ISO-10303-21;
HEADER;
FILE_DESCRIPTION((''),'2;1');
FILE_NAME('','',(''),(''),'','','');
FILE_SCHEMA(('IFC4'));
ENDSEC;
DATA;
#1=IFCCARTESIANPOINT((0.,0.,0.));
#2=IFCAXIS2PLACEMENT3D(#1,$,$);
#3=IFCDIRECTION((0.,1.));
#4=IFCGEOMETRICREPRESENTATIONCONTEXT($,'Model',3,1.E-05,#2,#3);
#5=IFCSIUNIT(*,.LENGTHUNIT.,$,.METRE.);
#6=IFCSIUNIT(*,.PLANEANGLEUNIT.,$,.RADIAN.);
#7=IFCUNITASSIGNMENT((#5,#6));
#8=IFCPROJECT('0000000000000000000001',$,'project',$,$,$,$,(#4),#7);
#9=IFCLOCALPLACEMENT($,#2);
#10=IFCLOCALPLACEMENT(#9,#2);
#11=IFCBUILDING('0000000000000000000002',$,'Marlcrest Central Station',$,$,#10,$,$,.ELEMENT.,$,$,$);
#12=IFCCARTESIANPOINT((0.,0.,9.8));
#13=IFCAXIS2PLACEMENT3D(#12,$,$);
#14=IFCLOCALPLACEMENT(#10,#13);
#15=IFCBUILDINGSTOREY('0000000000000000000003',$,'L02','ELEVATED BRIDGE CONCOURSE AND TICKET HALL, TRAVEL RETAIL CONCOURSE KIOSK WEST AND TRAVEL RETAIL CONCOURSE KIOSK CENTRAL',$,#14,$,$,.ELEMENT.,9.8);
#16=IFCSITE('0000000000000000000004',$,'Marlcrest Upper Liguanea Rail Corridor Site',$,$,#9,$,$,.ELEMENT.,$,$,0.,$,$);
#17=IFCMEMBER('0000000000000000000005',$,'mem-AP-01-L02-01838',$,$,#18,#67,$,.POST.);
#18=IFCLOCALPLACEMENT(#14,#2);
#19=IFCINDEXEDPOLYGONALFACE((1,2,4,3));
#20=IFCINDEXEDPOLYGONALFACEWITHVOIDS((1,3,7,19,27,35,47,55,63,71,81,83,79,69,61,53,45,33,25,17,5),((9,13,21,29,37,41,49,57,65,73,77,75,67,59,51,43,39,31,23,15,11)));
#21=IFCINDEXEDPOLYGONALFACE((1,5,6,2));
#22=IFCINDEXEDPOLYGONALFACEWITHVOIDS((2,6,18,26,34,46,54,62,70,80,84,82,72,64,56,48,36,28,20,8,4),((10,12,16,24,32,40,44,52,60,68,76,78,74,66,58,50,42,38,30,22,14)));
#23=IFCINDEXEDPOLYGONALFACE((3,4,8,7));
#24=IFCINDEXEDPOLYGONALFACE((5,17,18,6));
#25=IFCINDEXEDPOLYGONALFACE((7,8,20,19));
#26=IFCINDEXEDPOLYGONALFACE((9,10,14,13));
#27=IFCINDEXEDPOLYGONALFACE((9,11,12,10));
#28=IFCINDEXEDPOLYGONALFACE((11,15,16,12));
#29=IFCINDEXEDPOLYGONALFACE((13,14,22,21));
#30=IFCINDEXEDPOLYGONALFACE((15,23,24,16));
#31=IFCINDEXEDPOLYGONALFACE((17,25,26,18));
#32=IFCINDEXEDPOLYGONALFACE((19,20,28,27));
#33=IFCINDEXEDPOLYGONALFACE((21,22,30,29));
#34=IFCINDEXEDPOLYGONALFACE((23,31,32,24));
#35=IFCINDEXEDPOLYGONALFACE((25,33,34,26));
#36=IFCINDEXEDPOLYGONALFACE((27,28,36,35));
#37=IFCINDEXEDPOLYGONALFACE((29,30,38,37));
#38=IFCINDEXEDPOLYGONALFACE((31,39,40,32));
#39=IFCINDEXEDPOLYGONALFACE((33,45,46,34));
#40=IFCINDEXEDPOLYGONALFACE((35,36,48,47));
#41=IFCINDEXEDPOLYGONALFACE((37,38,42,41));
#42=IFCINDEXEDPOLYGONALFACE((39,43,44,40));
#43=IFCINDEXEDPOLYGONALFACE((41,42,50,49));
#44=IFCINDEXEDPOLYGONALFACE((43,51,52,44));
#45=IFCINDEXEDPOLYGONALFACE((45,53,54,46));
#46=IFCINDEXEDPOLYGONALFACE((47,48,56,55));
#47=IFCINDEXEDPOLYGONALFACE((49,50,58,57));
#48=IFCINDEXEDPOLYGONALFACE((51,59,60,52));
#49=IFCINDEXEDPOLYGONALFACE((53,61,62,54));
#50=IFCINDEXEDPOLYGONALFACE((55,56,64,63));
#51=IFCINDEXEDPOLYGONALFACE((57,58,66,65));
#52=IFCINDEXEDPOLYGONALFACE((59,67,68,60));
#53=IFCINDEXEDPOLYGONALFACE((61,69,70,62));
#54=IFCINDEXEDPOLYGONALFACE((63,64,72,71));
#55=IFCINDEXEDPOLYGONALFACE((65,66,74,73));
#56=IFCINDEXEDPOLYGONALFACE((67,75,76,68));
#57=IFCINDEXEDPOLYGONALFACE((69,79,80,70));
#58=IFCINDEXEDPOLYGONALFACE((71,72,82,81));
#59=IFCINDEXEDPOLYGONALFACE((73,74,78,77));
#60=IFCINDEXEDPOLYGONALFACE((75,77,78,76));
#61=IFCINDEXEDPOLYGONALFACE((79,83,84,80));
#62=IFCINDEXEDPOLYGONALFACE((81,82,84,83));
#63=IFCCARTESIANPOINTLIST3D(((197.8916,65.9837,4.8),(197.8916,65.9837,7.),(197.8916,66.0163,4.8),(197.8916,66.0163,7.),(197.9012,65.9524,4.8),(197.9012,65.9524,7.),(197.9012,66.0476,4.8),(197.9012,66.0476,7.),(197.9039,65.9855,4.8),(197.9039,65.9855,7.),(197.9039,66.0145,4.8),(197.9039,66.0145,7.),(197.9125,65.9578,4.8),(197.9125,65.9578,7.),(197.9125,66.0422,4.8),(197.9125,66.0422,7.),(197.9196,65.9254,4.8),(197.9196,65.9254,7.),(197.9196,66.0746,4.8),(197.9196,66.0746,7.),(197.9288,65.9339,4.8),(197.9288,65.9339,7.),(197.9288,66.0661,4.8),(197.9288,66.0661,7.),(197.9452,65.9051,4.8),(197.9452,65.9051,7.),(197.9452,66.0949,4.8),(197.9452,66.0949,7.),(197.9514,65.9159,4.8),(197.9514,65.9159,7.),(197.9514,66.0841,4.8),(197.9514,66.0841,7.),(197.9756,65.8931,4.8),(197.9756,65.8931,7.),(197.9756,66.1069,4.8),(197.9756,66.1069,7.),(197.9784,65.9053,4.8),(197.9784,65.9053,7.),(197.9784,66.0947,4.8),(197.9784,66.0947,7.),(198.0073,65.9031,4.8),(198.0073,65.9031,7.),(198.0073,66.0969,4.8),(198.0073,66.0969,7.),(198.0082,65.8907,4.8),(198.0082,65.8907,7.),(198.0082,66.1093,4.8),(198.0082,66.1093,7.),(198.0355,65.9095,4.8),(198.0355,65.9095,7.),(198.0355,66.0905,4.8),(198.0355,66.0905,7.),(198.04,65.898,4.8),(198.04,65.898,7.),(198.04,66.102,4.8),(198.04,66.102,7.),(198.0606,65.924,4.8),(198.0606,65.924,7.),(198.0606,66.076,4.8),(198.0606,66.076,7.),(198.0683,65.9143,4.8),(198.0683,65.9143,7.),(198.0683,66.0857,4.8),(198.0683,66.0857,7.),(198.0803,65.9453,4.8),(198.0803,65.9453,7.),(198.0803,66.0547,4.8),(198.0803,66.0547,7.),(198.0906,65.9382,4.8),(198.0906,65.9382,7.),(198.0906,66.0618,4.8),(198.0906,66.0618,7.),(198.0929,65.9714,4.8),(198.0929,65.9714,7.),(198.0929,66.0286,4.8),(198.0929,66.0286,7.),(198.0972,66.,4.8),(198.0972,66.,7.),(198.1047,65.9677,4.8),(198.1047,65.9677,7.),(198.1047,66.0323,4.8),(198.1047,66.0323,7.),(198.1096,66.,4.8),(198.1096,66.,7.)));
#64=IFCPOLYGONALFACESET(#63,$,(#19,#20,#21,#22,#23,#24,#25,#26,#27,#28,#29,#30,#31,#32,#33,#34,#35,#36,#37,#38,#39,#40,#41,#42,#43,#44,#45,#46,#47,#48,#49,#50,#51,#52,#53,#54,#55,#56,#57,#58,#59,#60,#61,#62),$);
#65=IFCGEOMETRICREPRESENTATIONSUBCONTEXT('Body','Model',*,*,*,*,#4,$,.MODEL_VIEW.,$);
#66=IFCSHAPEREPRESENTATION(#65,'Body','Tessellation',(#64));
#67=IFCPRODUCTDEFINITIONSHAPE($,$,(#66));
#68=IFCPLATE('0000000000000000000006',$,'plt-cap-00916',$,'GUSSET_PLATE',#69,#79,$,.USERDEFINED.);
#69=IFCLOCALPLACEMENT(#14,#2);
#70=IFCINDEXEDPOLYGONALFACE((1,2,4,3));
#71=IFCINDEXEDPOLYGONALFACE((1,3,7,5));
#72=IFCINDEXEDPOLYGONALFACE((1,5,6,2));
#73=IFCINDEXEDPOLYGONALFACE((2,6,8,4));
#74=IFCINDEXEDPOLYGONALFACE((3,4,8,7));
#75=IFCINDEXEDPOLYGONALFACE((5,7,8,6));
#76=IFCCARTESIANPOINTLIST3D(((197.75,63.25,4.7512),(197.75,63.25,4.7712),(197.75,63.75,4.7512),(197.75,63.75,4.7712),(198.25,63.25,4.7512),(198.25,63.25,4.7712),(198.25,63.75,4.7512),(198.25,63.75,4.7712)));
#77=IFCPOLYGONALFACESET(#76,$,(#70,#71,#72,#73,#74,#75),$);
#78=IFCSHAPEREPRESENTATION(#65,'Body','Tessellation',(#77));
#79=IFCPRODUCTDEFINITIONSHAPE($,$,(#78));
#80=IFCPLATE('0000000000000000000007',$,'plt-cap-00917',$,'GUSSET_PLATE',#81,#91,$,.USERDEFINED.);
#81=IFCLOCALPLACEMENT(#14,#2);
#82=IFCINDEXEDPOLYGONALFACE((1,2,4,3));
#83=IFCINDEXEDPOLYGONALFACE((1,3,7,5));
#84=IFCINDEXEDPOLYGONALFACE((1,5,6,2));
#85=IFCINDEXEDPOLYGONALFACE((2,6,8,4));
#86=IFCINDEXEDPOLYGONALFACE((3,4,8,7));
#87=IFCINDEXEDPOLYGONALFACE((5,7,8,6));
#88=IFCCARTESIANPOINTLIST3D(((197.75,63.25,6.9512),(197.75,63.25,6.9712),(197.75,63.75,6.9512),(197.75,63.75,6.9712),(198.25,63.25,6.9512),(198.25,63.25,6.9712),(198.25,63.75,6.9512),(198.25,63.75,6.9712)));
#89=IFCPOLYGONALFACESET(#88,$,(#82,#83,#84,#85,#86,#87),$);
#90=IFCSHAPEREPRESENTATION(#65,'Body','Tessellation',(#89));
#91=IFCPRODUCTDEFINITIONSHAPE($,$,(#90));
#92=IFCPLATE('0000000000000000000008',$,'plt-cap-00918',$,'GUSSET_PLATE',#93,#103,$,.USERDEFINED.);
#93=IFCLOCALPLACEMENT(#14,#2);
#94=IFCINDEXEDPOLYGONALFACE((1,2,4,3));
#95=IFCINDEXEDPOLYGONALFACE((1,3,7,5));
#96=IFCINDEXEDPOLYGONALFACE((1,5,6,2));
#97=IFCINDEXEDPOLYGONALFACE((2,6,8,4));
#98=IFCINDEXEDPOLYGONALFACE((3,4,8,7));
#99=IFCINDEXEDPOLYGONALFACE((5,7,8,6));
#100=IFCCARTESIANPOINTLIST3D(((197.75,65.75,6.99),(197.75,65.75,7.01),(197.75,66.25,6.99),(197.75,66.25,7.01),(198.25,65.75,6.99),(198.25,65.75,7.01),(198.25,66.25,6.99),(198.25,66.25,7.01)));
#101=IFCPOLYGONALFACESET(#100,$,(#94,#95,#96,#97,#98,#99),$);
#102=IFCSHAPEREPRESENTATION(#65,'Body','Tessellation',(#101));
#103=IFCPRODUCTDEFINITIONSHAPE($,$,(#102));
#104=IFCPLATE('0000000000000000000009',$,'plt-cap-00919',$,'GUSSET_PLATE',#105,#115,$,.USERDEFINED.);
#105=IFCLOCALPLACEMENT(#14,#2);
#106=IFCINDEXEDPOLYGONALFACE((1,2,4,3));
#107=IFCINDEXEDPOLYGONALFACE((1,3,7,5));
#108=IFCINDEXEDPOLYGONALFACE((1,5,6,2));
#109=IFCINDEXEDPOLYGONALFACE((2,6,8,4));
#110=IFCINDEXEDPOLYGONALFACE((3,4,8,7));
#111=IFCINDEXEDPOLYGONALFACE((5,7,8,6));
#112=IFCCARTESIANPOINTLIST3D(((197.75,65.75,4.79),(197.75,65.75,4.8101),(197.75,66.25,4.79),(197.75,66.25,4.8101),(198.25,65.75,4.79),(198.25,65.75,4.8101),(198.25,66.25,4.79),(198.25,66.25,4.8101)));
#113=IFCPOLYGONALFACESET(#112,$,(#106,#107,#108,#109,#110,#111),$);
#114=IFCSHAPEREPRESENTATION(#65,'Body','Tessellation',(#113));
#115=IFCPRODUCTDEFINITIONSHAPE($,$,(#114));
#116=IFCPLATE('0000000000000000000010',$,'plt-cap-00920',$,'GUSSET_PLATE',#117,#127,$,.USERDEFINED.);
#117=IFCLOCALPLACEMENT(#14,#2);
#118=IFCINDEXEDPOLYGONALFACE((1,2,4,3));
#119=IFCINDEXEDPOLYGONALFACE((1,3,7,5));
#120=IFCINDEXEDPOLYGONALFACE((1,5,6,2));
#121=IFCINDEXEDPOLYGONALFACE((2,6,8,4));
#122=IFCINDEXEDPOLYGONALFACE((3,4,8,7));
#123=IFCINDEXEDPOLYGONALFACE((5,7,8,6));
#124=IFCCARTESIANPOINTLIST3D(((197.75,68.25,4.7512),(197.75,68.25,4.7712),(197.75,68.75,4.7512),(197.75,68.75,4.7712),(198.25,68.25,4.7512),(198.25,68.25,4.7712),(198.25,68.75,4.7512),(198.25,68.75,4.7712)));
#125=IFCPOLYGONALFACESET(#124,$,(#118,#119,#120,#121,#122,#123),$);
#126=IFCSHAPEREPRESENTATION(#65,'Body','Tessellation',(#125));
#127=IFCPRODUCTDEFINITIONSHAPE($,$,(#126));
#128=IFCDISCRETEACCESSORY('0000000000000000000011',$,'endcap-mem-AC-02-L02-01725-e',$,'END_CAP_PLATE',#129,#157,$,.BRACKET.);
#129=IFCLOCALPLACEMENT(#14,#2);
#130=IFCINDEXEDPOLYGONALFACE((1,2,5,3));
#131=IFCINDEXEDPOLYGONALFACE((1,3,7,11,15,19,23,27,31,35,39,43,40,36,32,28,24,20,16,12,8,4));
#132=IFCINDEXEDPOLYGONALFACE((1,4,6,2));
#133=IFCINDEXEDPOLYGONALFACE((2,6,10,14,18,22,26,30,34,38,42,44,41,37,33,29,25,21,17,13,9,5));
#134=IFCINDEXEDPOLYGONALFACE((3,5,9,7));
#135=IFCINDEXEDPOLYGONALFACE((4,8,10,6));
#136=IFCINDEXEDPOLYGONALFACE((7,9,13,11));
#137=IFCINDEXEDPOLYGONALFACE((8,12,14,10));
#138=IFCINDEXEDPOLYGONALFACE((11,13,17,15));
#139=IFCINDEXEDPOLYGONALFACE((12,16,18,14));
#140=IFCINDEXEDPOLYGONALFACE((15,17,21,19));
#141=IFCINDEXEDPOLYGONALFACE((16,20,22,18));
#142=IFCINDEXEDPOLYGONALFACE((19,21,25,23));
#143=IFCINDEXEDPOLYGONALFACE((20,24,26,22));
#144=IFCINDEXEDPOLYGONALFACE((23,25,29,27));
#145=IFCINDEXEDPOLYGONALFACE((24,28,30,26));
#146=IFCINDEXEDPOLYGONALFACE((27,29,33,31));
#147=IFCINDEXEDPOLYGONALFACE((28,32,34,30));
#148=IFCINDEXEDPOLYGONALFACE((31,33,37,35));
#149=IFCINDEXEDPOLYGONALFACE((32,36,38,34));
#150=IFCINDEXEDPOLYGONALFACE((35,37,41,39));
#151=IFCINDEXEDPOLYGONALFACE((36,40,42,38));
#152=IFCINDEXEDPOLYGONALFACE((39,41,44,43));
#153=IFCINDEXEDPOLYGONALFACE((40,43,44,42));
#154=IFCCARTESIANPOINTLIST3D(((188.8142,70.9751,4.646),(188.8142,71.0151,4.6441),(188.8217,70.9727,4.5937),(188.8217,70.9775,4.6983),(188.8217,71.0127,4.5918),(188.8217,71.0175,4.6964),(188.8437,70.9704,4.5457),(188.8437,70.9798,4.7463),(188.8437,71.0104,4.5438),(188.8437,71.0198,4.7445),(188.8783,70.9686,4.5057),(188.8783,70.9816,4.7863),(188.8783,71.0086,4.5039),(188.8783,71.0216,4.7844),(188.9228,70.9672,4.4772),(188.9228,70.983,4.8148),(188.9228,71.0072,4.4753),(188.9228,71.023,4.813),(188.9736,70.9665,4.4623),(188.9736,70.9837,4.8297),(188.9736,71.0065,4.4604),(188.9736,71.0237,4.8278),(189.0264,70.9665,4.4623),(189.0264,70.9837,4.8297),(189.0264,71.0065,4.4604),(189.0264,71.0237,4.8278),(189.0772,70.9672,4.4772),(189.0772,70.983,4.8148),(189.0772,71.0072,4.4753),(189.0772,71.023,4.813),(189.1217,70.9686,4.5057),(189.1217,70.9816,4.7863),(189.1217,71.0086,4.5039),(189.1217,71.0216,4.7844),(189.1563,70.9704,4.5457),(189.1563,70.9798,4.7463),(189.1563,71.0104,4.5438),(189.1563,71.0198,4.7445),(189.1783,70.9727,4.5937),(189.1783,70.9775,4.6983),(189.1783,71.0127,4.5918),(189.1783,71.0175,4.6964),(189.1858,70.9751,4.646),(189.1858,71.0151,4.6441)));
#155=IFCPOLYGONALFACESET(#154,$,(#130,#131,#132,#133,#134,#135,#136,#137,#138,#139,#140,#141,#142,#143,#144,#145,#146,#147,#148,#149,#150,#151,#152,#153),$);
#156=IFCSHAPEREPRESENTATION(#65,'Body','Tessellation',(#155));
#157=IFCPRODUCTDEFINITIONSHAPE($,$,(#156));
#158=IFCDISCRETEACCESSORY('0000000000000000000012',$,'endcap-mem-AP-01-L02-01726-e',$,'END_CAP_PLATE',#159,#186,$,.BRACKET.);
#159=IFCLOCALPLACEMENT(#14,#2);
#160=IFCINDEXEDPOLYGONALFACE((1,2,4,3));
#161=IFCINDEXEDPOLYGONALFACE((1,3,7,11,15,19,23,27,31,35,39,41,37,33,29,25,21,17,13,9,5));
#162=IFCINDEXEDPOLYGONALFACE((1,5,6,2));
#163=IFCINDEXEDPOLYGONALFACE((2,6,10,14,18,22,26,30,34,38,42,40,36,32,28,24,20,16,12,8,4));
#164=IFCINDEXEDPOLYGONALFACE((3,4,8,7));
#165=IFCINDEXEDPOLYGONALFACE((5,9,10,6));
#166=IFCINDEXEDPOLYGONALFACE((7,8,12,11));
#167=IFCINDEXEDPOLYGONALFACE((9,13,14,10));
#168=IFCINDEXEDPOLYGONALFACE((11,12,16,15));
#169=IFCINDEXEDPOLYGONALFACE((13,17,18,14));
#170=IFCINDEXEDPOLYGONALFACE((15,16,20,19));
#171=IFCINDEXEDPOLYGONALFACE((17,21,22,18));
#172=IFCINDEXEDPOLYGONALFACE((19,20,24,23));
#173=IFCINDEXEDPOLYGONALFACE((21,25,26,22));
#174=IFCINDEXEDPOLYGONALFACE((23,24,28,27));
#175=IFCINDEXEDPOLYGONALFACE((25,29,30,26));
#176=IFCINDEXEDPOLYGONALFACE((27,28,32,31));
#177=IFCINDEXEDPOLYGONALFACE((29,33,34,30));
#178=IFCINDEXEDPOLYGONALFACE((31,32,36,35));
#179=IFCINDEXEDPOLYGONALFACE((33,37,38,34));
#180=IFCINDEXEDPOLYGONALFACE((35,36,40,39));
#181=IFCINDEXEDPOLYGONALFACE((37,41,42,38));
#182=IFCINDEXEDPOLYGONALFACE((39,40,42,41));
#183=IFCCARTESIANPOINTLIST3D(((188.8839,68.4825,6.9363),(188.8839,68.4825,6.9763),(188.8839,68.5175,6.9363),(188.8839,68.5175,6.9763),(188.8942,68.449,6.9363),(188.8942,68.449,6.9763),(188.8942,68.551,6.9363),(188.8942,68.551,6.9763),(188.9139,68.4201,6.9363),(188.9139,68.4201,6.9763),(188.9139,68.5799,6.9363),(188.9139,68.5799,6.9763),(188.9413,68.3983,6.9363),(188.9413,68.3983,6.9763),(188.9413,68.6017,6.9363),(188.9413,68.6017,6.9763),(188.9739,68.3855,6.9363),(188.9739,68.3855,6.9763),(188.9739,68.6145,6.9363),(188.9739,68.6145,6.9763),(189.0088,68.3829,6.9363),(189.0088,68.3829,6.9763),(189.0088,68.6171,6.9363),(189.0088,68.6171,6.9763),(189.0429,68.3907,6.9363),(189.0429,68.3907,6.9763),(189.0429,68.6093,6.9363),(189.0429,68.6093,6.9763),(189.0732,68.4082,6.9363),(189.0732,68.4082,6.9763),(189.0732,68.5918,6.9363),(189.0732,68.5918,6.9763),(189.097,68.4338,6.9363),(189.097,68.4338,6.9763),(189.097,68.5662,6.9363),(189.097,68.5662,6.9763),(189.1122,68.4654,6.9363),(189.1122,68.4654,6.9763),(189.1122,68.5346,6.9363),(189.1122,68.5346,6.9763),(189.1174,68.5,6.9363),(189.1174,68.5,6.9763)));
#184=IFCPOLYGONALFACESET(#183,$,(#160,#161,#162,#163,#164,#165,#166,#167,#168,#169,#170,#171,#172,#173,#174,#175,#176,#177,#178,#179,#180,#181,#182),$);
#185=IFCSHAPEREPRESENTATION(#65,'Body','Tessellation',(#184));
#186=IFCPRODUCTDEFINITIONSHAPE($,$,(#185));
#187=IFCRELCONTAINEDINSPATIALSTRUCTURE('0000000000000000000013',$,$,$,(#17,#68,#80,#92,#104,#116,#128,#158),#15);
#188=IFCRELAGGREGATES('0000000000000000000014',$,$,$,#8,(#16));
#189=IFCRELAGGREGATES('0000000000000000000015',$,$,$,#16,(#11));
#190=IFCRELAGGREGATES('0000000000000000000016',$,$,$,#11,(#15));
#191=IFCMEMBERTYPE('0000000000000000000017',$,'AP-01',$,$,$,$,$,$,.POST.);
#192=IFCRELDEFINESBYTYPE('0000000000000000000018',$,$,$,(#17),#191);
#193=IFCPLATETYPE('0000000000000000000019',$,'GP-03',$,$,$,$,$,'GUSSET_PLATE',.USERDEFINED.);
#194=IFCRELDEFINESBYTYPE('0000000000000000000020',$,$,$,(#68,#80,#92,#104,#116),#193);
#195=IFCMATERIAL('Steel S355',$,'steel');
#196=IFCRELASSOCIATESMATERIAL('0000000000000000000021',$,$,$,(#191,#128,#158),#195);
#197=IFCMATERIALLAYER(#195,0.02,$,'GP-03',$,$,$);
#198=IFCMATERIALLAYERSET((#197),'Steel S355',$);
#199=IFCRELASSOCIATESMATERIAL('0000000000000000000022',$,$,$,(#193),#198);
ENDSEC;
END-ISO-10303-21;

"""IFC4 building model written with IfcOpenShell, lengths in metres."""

from ifc_helpers import new_model, si_unit, direction, frame, origin, origin_2d, place, context, subcontext, project, spatial, rectangle, circle, hollow_circle, extrude, material, layer, layer_set, material_profile, profile_set, type_object, element, save


model = new_model("IFC4")

# Units and contexts
model_context = context("Model", 3, precision=1e-05, world=origin(), true_north=direction((0.0, 1.0)))
body_context = subcontext(model_context, "Body", "Model", "MODEL_VIEW")
ifc_project = project(units=[si_unit("LENGTHUNIT", "METRE"), si_unit("PLANEANGLEUNIT", "RADIAN")], contexts=[model_context])

# Site, building, storey
site_placement = place(None, origin())
site = spatial("IfcSite", under=ifc_project, at=site_placement, Name="Marlcrest Upper Liguanea Rail Corridor Site", CompositionType="ELEMENT", RefElevation=0.0)
building_placement = place(site_placement, origin())
building = spatial("IfcBuilding", under=site, at=building_placement, Name="Marlcrest Central Station", CompositionType="ELEMENT")
storey_placement = place(building_placement, frame((0.0, 0.0, 9.8)))
storey = spatial("IfcBuildingStorey", under=building, at=storey_placement, Name="L02", Description="ELEVATED BRIDGE CONCOURSE AND TICKET HALL, TRAVEL RETAIL CONCOURSE KIOSK WEST AND TRAVEL RETAIL CONCOURSE KIOSK CENTRAL", CompositionType="ELEMENT", Elevation=9.8)

# Member
ifc_material = material(Name="Steel S355", Category="steel")
ifc_material_profile_1 = material_profile(ifc_material, hollow_circle(Radius=0.1096, WallThickness=0.0125, at=origin_2d()), Name="CHS 219.1x12.5")
ifc_profile_set_1 = profile_set([ifc_material_profile_1], Name="Steel S355")
member_type_1 = type_object("IfcMemberType", Name="AP-01", PredefinedType="POST", material=ifc_profile_set_1)
for number, where, z_axis, x_axis, name in (
    (1, (198.0, 66.0, 4.8), (0.0, 0.0, 1.0), (1.0, 0.0, 0.0), "mem-AP-01-L02-01838"),
):
    element("IfcMember", number, at=place(storey_placement, frame(where, z_axis=z_axis, x_axis=x_axis)), inside=storey, type_object=member_type_1, Name=name, PredefinedType="POST", context=body_context, shape_type="SweptSolid", body=[
        extrude(hollow_circle(Radius=0.1096, WallThickness=0.0125, at=origin_2d()), origin(), (0.0, 0.0, 1.0), 2.2),
    ])

# Plates
ifc_layer = layer(ifc_material, 0.02, Name="GP-03")
ifc_layer_set = layer_set([ifc_layer], Name="Steel S355")
plate_type = type_object("IfcPlateType", Name="GP-03", ElementType="GUSSET_PLATE", PredefinedType="USERDEFINED", material=ifc_layer_set)
for number, where, z_axis, x_axis, name in (
    (2, (198.0, 63.5, 4.7512), (0.0, 0.0, 1.0), (1.0, 0.0, 0.0), "plt-cap-00916"),
    (3, (198.0, 63.5, 6.9512), (0.0, 0.0, 1.0), (1.0, 0.0, 0.0), "plt-cap-00917"),
    (4, (198.0, 66.0, 6.99), (0.0, 0.0, 1.0), (1.0, 0.0, 0.0), "plt-cap-00918"),
    (5, (198.0, 66.0, 4.79), (0.0, 0.0, 1.0), (1.0, 0.0, 0.0), "plt-cap-00919"),
    (6, (198.0, 68.5, 4.7512), (0.0, 0.0, 1.0), (1.0, 0.0, 0.0), "plt-cap-00920"),
):
    element("IfcPlate", number, at=place(storey_placement, frame(where, z_axis=z_axis, x_axis=x_axis)), inside=storey, type_object=plate_type, Name=name, ObjectType="GUSSET_PLATE", PredefinedType="USERDEFINED", context=body_context, shape_type="SweptSolid", body=[
        extrude(rectangle(XDim=0.5, YDim=0.5, at=origin_2d()), origin(), (0.0, 0.0, 1.0), 0.02),
    ])

# Discrete accessories
discrete_accessory_1_placement = place(storey_placement, frame((189.0, 70.9751, 4.646), z_axis=(0.0, 0.998917, -0.046532), x_axis=(-1.0, 0.0, 0.0)))
element("IfcDiscreteAccessory", 7, at=discrete_accessory_1_placement, inside=storey, material=ifc_material, Name="endcap-mem-AC-02-L02-01725-e", ObjectType="END_CAP_PLATE", PredefinedType="BRACKET", context=body_context, shape_type="SweptSolid", body=[
    extrude(circle(Radius=0.1858, at=origin_2d()), origin(), (0.0, 0.0, 1.0), 0.04),
])
discrete_accessory_2_placement = place(storey_placement, frame((189.0, 68.5, 6.9363), z_axis=(0.0, 0.0, 1.0), x_axis=(1.0, 0.0, 0.0)))
element("IfcDiscreteAccessory", 8, at=discrete_accessory_2_placement, inside=storey, material=ifc_material, Name="endcap-mem-AP-01-L02-01726-e", ObjectType="END_CAP_PLATE", PredefinedType="BRACKET", context=body_context, shape_type="SweptSolid", body=[
    extrude(circle(Radius=0.1174, at=origin_2d()), origin(), (0.0, 0.0, 1.0), 0.04),
])

save(model, "model.ifc")
